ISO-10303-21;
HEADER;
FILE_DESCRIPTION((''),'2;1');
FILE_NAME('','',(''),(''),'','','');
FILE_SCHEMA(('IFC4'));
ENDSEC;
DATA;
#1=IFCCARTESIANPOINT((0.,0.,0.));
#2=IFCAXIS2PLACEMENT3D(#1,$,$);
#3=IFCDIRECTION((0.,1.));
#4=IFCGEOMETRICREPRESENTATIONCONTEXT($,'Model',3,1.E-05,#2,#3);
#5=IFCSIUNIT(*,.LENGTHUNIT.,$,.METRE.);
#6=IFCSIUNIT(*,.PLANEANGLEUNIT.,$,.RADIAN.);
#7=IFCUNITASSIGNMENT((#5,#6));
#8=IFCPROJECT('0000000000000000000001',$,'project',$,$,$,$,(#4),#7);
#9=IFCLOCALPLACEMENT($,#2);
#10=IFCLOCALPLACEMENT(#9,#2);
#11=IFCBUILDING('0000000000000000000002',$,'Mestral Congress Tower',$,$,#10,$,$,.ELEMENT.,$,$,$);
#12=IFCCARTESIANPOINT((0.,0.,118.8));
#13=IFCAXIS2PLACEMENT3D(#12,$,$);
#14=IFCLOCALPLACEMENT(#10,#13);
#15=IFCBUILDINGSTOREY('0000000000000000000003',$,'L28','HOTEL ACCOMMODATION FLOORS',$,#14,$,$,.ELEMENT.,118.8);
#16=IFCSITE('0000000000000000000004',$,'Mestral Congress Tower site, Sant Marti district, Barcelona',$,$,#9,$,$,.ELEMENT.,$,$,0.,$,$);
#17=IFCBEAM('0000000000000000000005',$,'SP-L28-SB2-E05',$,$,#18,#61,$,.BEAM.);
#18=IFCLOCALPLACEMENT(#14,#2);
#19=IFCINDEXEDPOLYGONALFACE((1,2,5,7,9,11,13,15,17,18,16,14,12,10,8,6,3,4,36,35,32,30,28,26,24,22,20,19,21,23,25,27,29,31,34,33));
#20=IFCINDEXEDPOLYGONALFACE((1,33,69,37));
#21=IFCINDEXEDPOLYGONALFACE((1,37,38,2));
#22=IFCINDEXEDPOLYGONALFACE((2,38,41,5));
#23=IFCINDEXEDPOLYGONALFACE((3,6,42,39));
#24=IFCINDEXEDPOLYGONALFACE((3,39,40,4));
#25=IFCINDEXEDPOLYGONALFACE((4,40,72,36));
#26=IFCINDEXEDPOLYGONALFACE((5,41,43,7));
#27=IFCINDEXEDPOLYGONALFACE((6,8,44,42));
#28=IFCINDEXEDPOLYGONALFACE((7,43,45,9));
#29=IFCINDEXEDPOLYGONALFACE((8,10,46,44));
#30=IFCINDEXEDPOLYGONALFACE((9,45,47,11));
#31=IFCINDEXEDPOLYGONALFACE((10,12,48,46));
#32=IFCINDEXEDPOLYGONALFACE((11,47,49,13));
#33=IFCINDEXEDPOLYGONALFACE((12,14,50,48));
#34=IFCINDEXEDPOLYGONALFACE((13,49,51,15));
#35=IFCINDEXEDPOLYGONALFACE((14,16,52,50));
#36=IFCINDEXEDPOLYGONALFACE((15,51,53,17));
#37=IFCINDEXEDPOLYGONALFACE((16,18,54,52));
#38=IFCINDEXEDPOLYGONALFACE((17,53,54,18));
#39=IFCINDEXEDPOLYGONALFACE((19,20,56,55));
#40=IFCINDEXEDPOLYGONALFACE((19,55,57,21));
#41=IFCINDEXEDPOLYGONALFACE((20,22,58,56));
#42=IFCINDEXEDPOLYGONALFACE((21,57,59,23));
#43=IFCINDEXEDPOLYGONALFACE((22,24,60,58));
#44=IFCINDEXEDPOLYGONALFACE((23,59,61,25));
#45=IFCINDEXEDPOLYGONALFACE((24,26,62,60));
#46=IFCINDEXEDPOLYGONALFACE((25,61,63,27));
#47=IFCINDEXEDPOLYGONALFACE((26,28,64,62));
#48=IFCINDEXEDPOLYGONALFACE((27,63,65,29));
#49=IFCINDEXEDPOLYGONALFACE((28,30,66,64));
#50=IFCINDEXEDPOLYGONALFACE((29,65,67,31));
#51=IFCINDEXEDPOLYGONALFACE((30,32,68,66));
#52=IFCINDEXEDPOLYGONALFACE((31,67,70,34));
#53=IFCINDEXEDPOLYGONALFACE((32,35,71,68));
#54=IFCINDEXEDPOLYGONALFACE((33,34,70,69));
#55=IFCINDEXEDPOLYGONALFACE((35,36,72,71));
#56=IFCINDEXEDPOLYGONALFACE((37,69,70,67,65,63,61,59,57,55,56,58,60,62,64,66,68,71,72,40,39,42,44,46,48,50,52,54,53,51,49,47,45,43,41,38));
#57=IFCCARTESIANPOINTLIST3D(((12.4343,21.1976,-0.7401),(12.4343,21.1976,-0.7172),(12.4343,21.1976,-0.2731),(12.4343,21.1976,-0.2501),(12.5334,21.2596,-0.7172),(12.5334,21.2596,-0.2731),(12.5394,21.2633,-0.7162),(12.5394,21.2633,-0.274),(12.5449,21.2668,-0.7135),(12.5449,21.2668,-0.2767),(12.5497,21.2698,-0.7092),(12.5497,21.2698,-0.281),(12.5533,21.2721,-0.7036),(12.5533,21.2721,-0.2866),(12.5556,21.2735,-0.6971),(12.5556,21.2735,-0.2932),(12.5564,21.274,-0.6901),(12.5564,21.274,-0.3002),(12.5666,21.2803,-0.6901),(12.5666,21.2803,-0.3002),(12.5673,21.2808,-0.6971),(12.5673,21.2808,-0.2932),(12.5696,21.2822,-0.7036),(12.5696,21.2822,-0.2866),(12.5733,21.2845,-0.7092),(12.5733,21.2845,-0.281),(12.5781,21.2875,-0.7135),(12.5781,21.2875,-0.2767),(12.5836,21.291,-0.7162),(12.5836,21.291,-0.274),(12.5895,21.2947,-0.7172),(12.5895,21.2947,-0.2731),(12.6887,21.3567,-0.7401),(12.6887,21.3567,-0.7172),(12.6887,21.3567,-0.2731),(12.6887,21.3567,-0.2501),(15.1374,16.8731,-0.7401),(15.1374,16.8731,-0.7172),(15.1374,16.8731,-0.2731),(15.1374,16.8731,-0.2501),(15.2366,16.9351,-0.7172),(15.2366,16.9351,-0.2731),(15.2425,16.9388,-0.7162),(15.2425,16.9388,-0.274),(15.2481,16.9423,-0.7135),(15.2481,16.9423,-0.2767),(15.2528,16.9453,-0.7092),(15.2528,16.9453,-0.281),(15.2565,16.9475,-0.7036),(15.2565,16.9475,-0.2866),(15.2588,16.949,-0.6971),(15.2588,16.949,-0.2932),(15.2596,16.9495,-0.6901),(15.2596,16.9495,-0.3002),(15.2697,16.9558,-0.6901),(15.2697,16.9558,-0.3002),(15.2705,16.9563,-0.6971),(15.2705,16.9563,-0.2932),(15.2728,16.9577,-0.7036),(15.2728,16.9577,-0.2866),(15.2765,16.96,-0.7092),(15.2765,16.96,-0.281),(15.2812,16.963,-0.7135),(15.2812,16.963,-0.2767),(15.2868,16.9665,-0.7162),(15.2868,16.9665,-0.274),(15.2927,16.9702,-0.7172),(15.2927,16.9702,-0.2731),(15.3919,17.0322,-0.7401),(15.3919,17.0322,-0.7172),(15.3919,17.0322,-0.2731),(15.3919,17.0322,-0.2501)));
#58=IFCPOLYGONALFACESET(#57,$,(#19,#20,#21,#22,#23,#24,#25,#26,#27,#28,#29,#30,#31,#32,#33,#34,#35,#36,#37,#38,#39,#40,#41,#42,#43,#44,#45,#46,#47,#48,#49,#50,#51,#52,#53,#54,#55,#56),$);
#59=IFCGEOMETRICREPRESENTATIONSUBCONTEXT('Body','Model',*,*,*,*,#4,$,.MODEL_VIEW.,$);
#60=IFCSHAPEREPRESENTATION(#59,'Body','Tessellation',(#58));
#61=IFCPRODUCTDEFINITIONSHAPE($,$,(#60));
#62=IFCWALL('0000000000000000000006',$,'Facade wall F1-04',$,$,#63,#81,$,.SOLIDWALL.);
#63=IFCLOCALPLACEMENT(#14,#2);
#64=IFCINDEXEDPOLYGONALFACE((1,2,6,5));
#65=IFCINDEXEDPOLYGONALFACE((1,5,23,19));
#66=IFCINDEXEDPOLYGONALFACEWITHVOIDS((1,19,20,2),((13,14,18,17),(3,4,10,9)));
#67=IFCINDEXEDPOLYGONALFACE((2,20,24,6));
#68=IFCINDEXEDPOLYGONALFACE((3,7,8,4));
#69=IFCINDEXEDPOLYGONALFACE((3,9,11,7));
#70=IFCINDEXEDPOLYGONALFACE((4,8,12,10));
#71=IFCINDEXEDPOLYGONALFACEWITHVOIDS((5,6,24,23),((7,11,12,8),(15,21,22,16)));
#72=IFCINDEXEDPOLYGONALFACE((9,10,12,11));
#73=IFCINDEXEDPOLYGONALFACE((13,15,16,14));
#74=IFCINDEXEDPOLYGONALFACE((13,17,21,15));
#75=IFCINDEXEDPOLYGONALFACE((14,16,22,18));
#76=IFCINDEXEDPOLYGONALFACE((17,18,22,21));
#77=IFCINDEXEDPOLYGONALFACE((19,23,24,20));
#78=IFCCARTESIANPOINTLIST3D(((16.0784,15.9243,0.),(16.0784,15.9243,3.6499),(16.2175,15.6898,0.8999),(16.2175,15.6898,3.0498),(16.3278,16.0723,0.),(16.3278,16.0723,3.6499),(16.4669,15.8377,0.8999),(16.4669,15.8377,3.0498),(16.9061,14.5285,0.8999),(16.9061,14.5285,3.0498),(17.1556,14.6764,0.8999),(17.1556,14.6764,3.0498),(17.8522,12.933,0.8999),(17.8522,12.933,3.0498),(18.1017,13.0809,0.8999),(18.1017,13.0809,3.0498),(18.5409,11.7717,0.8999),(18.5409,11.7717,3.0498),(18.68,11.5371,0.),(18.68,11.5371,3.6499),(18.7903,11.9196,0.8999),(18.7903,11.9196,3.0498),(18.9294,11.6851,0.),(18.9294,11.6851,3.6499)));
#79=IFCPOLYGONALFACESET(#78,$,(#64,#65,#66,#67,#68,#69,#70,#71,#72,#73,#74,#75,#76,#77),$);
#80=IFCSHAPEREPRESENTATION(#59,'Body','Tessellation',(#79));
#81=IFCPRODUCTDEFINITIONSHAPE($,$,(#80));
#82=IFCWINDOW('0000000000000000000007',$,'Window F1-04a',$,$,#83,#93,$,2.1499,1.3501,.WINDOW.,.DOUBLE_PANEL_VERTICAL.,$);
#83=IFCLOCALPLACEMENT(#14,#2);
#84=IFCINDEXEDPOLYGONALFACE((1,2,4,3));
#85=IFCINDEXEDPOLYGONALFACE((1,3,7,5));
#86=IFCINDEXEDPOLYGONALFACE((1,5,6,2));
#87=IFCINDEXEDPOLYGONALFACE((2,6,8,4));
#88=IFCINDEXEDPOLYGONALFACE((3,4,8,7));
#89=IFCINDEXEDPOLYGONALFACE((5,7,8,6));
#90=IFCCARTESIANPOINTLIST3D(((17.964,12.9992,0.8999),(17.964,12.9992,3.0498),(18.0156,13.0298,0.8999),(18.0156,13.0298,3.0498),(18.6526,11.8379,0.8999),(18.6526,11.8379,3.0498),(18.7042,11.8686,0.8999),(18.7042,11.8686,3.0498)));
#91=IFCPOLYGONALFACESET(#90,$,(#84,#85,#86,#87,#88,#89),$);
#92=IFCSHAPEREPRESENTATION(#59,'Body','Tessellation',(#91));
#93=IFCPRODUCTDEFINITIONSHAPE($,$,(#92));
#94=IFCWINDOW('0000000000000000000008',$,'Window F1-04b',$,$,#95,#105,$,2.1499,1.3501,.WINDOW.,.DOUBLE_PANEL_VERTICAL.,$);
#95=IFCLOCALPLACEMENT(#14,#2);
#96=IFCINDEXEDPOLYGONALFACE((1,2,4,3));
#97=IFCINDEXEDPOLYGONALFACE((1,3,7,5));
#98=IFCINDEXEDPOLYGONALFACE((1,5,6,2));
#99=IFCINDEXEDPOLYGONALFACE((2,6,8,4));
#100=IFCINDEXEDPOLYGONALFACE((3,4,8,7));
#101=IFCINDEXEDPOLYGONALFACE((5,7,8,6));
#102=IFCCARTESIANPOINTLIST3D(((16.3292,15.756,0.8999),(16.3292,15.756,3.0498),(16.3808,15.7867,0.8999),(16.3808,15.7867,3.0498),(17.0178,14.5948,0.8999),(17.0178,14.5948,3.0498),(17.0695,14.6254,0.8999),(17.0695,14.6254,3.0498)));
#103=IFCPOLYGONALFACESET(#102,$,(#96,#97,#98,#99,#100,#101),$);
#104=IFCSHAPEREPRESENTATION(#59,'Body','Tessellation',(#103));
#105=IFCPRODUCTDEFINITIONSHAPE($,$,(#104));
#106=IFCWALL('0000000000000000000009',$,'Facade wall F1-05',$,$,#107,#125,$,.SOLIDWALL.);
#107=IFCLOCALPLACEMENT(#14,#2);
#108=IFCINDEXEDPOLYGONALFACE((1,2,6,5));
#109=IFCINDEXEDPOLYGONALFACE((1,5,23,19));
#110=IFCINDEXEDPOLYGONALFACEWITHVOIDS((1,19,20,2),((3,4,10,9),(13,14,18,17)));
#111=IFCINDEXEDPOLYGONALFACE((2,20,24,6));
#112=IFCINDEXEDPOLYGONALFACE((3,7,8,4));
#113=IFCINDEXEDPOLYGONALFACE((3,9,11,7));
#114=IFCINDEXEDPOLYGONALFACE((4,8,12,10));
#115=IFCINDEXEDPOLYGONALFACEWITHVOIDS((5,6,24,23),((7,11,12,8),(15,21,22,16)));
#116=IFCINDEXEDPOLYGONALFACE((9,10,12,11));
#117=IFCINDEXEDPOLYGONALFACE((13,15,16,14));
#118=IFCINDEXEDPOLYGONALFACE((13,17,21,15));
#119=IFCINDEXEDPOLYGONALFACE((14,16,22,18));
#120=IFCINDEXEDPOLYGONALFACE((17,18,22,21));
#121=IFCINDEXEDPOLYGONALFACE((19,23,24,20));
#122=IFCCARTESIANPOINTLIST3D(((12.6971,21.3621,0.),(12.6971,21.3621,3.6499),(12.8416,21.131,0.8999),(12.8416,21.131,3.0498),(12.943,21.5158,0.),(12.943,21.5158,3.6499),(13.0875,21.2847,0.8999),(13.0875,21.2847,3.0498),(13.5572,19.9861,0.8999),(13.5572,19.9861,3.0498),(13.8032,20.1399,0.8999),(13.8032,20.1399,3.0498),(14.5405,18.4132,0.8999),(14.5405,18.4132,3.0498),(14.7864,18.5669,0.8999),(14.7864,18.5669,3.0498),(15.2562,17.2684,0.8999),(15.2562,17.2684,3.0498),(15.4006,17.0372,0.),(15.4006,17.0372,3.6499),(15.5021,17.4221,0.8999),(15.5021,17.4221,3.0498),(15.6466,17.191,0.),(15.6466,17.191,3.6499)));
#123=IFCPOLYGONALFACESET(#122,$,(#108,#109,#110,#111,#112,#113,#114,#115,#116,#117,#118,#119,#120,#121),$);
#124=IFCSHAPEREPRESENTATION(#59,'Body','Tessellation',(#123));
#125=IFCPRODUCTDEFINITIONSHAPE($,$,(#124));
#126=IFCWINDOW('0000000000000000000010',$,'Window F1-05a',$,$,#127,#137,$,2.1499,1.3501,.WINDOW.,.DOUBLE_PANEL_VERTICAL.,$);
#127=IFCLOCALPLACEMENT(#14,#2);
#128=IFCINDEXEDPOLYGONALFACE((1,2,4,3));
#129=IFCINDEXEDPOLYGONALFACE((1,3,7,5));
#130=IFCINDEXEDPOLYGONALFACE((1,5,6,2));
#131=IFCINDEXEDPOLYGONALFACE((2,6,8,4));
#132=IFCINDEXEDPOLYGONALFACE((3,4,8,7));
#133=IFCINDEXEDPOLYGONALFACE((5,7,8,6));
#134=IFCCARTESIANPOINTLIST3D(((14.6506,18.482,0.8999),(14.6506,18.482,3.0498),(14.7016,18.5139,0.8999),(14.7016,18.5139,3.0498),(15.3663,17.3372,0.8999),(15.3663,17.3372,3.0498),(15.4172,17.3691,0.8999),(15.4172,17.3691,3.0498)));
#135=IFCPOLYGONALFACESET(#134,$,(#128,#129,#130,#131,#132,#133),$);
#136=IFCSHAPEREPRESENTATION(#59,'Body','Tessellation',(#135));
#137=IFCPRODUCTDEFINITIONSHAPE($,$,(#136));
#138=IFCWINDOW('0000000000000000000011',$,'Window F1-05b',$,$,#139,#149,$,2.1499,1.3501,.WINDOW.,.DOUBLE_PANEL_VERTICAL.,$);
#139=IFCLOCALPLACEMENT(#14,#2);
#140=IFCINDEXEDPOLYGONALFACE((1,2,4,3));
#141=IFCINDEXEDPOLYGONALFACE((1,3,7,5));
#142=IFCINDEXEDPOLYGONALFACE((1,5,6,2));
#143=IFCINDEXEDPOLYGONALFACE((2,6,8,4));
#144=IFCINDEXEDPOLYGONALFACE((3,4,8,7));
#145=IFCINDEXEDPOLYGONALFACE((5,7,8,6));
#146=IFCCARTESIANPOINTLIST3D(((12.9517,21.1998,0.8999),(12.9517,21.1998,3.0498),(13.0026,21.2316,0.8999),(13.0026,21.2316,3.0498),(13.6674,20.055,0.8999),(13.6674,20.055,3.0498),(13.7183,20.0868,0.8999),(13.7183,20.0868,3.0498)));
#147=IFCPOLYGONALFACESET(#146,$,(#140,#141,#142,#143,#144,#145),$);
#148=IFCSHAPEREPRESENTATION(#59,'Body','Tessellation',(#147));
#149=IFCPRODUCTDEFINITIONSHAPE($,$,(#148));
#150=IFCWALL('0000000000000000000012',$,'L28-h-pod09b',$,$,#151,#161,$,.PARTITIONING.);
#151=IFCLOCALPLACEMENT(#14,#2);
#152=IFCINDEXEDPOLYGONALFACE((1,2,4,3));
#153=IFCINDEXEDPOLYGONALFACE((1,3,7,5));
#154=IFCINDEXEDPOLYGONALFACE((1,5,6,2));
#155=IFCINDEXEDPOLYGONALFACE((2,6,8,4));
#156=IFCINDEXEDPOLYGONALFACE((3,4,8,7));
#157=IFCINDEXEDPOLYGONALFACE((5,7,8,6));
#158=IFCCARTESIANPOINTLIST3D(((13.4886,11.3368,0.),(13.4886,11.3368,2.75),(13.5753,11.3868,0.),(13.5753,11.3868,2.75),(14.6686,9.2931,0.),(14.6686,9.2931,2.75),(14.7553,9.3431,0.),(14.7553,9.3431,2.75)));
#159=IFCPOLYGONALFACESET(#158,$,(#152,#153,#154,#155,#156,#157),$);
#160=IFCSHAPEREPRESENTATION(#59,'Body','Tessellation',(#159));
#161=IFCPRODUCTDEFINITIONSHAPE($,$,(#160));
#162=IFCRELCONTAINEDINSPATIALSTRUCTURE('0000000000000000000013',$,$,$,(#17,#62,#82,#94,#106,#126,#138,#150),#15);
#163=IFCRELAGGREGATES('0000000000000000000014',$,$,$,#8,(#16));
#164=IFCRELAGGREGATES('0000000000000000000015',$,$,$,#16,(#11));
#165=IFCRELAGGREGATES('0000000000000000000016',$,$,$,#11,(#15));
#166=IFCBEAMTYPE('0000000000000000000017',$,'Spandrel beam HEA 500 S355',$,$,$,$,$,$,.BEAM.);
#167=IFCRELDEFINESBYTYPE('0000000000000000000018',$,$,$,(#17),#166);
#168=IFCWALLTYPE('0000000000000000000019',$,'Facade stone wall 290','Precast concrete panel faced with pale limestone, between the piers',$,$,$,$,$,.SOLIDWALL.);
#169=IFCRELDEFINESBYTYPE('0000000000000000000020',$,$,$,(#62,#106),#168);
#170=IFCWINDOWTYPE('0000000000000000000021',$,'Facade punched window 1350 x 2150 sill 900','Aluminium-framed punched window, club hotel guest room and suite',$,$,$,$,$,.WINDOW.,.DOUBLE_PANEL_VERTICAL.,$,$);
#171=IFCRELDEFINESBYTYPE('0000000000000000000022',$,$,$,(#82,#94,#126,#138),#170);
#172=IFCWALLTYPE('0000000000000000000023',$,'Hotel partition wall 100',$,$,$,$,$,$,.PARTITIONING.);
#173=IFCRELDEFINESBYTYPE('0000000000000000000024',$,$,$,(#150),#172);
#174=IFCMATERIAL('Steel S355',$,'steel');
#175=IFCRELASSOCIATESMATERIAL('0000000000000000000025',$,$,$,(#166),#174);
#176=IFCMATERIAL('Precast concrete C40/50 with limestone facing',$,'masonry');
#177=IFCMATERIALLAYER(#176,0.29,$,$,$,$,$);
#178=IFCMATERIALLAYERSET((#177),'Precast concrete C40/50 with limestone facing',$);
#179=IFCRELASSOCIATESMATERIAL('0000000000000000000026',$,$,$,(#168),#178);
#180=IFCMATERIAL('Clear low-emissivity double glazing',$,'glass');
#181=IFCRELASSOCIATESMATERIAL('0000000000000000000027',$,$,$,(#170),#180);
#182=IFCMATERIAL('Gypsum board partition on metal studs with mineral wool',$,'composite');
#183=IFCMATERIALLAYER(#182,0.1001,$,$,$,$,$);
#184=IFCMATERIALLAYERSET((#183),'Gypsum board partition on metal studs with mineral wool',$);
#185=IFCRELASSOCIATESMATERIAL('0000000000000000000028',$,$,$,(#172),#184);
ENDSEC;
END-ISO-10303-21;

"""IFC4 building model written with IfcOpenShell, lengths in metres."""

from ifc_helpers import new_model, si_unit, direction, frame, frame_2d, origin, origin_2d, place, context, subcontext, project, spatial, rectangle, i_section, extrude, material, layer, layer_set, material_profile, profile_set, type_object, element, fill, save


model = new_model("IFC4")

# Units and contexts
model_context = context("Model", 3, precision=1e-05, world=origin(), true_north=direction((0.0, 1.0)))
body_context = subcontext(model_context, "Body", "Model", "MODEL_VIEW")
ifc_project = project(units=[si_unit("LENGTHUNIT", "METRE"), si_unit("PLANEANGLEUNIT", "RADIAN")], contexts=[model_context])

# Site, building, storey
site_placement = place(None, origin())
site = spatial("IfcSite", under=ifc_project, at=site_placement, Name="Mestral Congress Tower site, Sant Marti district, Barcelona", CompositionType="ELEMENT", RefElevation=0.0)
building_placement = place(site_placement, origin())
building = spatial("IfcBuilding", under=site, at=building_placement, Name="Mestral Congress Tower", CompositionType="ELEMENT")
storey_placement = place(building_placement, frame((0.0, 0.0, 118.8)))
storey = spatial("IfcBuildingStorey", under=building, at=storey_placement, Name="L28", Description="HOTEL ACCOMMODATION FLOORS", CompositionType="ELEMENT", Elevation=118.8)

# Beam
ifc_material_1 = material(Name="Steel S355", Category="steel")
ifc_material_profile_1 = material_profile(ifc_material_1, i_section(OverallWidth=0.3, OverallDepth=0.49, WebThickness=0.012, FlangeThickness=0.0229, FilletRadius=0.0271, at=origin_2d()), Name="HEA 500")
ifc_profile_set_1 = profile_set([ifc_material_profile_1], Name="Steel S355")
beam_type_1 = type_object("IfcBeamType", Name="Spandrel beam HEA 500 S355", PredefinedType="BEAM", material=ifc_profile_set_1)
for number, where, z_axis, x_axis, name in (
    (1, (15.2646, 16.9526, -0.4951), (-0.530046, 0.847969, 0.0), (-0.847969, -0.530046, 0.0), "SP-L28-SB2-E05"),
):
    element("IfcBeam", number, at=place(storey_placement, frame(where, z_axis=z_axis, x_axis=x_axis)), inside=storey, type_object=beam_type_1, Name=name, PredefinedType="BEAM", context=body_context, shape_type="SweptSolid", body=[
        extrude(i_section(OverallWidth=0.3, OverallDepth=0.49, WebThickness=0.012, FlangeThickness=0.0229, FilletRadius=0.0271, at=origin_2d()), origin(), (0.0, 0.0, 1.0), 5.0999),
    ])

# Walls, openings, windows
ifc_material_2 = material(Name="Precast concrete C40/50 with limestone facing", Category="masonry")
ifc_layer_1 = layer(ifc_material_2, 0.29)
ifc_layer_set_1 = layer_set([ifc_layer_1], Name="Precast concrete C40/50 with limestone facing")
wall_type_1 = type_object("IfcWallType", Name="Facade stone wall 290", Description="Precast concrete panel faced with pale limestone, between the piers", PredefinedType="SOLIDWALL", material=ifc_layer_set_1)
wall_1_placement = place(storey_placement, frame((18.8047, 11.6111, 0.0), z_axis=(0.0, 0.0, 1.0), x_axis=(-0.510054, 0.860142, 0.0)))
wall_1 = element("IfcWall", 2, at=wall_1_placement, inside=storey, type_object=wall_type_1, Name="Facade wall F1-04", PredefinedType="SOLIDWALL", context=body_context, shape_type="SweptSolid", body=[
    extrude(rectangle(XDim=5.1006, YDim=0.29, at=frame_2d((2.5503, 0.0))), origin(), (0.0, 0.0, 1.0), 3.6499),
])
opening_1_placement = place(wall_1_placement, frame((0.2727, 0.0, 0.8999)))
opening_1 = element("IfcOpeningElement", 3, at=opening_1_placement, cuts=wall_1, PredefinedType="OPENING", context=body_context, shape_type="SweptSolid", body=[
    extrude(rectangle(XDim=1.3501, YDim=2.1499, at=frame_2d((0.675, 1.075))), frame((0.0, 0.155, 0.0), z_axis=(0.0, -1.0, 0.0), x_axis=(1.0, 0.0, 0.0)), (0.0, 0.0, 1.0), 0.3101),
])
opening_2_placement = place(wall_1_placement, frame((3.4778, 0.0, 0.8999)))
opening_2 = element("IfcOpeningElement", 4, at=opening_2_placement, cuts=wall_1, PredefinedType="OPENING", context=body_context, shape_type="SweptSolid", body=[
    extrude(rectangle(XDim=1.3501, YDim=2.1499, at=frame_2d((0.675, 1.075))), frame((0.0, 0.155, 0.0), z_axis=(0.0, -1.0, 0.0), x_axis=(1.0, 0.0, 0.0)), (0.0, 0.0, 1.0), 0.3101),
])
ifc_material_3 = material(Name="Clear low-emissivity double glazing", Category="glass")
window_type = type_object("IfcWindowType", Name="Facade punched window 1350 x 2150 sill 900", Description="Aluminium-framed punched window, club hotel guest room and suite", PartitioningType="DOUBLE_PANEL_VERTICAL", PredefinedType="WINDOW", material=ifc_material_3)
window_1_placement = place(opening_1_placement, origin())
window_1 = element("IfcWindow", 5, at=window_1_placement, inside=storey, type_object=window_type, Name="Window F1-04a", OverallHeight=2.1499, OverallWidth=1.3501, PartitioningType="DOUBLE_PANEL_VERTICAL", PredefinedType="WINDOW", context=body_context, shape_type="SweptSolid", body=[
    extrude(rectangle(XDim=1.3501, YDim=2.1499, at=frame_2d((0.675, 1.075))), frame((0.0, 0.0151, 0.0), z_axis=(0.0, -1.0, 0.0), x_axis=(1.0, 0.0, 0.0)), (0.0, 0.0, 1.0), 0.0601),
])
fill(opening_1, window_1)
window_2_placement = place(opening_2_placement, origin())
window_2 = element("IfcWindow", 6, at=window_2_placement, inside=storey, type_object=window_type, Name="Window F1-04b", OverallHeight=2.1499, OverallWidth=1.3501, PartitioningType="DOUBLE_PANEL_VERTICAL", PredefinedType="WINDOW", context=body_context, shape_type="SweptSolid", body=[
    extrude(rectangle(XDim=1.3501, YDim=2.1499, at=frame_2d((0.675, 1.075))), frame((0.0, 0.0151, 0.0), z_axis=(0.0, -1.0, 0.0), x_axis=(1.0, 0.0, 0.0)), (0.0, 0.0, 1.0), 0.0601),
])
fill(opening_2, window_2)
wall_2_placement = place(storey_placement, frame((15.5237, 17.114, 0.0), z_axis=(0.0, 0.0, 1.0), x_axis=(-0.530072, 0.847953, 0.0)))
wall_2 = element("IfcWall", 7, at=wall_2_placement, inside=storey, type_object=wall_type_1, Name="Facade wall F1-05", PredefinedType="SOLIDWALL", context=body_context, shape_type="SweptSolid", body=[
    extrude(rectangle(XDim=5.1003, YDim=0.29, at=frame_2d((2.5503, 0.0))), origin(), (0.0, 0.0, 1.0), 3.6499),
])
opening_3_placement = place(wall_2_placement, frame((0.2727, 0.0, 0.8999)))
opening_3 = element("IfcOpeningElement", 8, at=opening_3_placement, cuts=wall_2, PredefinedType="OPENING", context=body_context, shape_type="SweptSolid", body=[
    extrude(rectangle(XDim=1.3501, YDim=2.1499, at=frame_2d((0.675, 1.075))), frame((0.0, 0.155, 0.0), z_axis=(0.0, -1.0, 0.0), x_axis=(1.0, 0.0, 0.0)), (0.0, 0.0, 1.0), 0.3101),
])
opening_4_placement = place(wall_2_placement, frame((3.4778, 0.0, 0.8999)))
opening_4 = element("IfcOpeningElement", 9, at=opening_4_placement, cuts=wall_2, PredefinedType="OPENING", context=body_context, shape_type="SweptSolid", body=[
    extrude(rectangle(XDim=1.3501, YDim=2.1499, at=frame_2d((0.675, 1.075))), frame((0.0, 0.155, 0.0), z_axis=(0.0, -1.0, 0.0), x_axis=(1.0, 0.0, 0.0)), (0.0, 0.0, 1.0), 0.3101),
])
window_3_placement = place(opening_3_placement, origin())
window_3 = element("IfcWindow", 10, at=window_3_placement, inside=storey, type_object=window_type, Name="Window F1-05a", OverallHeight=2.1499, OverallWidth=1.3501, PartitioningType="DOUBLE_PANEL_VERTICAL", PredefinedType="WINDOW", context=body_context, shape_type="SweptSolid", body=[
    extrude(rectangle(XDim=1.3501, YDim=2.1499, at=frame_2d((0.675, 1.075))), frame((0.0, 0.0151, 0.0), z_axis=(0.0, -1.0, 0.0), x_axis=(1.0, 0.0, 0.0)), (0.0, 0.0, 1.0), 0.0601),
])
fill(opening_3, window_3)
window_4_placement = place(opening_4_placement, origin())
window_4 = element("IfcWindow", 11, at=window_4_placement, inside=storey, type_object=window_type, Name="Window F1-05b", OverallHeight=2.1499, OverallWidth=1.3501, PartitioningType="DOUBLE_PANEL_VERTICAL", PredefinedType="WINDOW", context=body_context, shape_type="SweptSolid", body=[
    extrude(rectangle(XDim=1.3501, YDim=2.1499, at=frame_2d((0.675, 1.075))), frame((0.0, 0.0151, 0.0), z_axis=(0.0, -1.0, 0.0), x_axis=(1.0, 0.0, 0.0)), (0.0, 0.0, 1.0), 0.0601),
])
fill(opening_4, window_4)

# Wall
ifc_material_4 = material(Name="Gypsum board partition on metal studs with mineral wool", Category="composite")
ifc_layer_2 = layer(ifc_material_4, 0.1001)
ifc_layer_set_2 = layer_set([ifc_layer_2], Name="Gypsum board partition on metal studs with mineral wool")
wall_type_2 = type_object("IfcWallType", Name="Hotel partition wall 100", PredefinedType="PARTITIONING", material=ifc_layer_set_2)
wall_3_placement = place(storey_placement, frame((14.7119, 9.3181, 0.0), z_axis=(0.0, 0.0, 1.0), x_axis=(-0.5, 0.866025, 0.0)))
element("IfcWall", 12, at=wall_3_placement, inside=storey, type_object=wall_type_2, Name="L28-h-pod09b", PredefinedType="PARTITIONING", context=body_context, shape_type="SweptSolid", body=[
    extrude(rectangle(XDim=2.3599, YDim=0.1001, at=frame_2d((1.1799, 0.0))), origin(), (0.0, 0.0, 1.0), 2.75),
])

save(model, "model.ifc")
